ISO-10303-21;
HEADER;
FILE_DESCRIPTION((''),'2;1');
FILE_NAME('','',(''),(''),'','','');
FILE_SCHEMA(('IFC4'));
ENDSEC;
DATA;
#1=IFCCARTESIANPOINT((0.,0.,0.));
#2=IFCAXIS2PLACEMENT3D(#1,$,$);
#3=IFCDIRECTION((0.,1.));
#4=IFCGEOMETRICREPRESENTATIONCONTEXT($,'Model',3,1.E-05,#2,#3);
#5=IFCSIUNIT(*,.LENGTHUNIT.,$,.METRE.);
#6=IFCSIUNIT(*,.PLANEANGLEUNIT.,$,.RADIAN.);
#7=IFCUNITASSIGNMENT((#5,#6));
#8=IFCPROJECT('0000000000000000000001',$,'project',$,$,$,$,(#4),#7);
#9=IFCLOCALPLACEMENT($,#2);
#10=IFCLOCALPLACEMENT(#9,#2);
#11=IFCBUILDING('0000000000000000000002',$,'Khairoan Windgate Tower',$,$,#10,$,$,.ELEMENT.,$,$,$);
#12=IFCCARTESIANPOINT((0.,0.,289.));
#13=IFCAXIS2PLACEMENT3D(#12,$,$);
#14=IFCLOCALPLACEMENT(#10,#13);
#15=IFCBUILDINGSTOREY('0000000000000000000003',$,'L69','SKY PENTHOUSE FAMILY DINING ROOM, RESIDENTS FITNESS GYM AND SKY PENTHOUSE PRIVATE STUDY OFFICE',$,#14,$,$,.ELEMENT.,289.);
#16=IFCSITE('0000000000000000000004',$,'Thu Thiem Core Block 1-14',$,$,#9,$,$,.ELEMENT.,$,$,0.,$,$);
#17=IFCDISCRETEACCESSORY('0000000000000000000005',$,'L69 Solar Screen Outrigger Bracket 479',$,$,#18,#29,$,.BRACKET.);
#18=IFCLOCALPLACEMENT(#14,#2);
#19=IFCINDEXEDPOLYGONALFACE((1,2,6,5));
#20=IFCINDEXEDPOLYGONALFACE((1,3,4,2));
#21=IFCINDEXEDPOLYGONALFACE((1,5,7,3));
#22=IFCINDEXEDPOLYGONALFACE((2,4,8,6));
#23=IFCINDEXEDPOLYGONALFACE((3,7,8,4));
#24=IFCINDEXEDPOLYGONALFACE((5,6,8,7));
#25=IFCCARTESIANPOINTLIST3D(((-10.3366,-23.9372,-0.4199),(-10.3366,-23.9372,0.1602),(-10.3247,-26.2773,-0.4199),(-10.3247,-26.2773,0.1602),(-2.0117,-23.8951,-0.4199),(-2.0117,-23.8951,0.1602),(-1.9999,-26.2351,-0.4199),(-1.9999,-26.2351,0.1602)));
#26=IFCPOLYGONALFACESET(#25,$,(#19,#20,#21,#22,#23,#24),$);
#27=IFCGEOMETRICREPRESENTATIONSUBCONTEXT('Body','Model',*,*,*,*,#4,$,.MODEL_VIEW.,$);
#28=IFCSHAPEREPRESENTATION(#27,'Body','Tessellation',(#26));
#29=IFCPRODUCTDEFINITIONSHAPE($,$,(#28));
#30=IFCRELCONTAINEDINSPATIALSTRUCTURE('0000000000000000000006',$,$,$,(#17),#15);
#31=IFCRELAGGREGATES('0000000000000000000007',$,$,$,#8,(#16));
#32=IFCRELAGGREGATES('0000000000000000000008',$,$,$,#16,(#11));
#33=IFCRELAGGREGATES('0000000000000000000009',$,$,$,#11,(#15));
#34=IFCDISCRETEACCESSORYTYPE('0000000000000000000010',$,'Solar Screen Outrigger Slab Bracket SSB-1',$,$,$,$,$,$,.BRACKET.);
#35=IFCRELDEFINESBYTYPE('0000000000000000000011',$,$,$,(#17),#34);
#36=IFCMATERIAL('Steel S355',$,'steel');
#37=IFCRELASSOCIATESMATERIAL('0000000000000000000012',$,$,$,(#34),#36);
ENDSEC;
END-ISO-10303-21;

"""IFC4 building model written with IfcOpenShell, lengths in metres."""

from ifc_helpers import new_model, si_unit, direction, frame, origin, origin_2d, place, context, subcontext, project, spatial, rectangle, extrude, material, type_object, element, save


model = new_model("IFC4")

# Units and contexts
model_context = context("Model", 3, precision=1e-05, world=origin(), true_north=direction((0.0, 1.0)))
body_context = subcontext(model_context, "Body", "Model", "MODEL_VIEW")
ifc_project = project(units=[si_unit("LENGTHUNIT", "METRE"), si_unit("PLANEANGLEUNIT", "RADIAN")], contexts=[model_context])

# Site, building, storey
site_placement = place(None, origin())
site = spatial("IfcSite", under=ifc_project, at=site_placement, Name="Thu Thiem Core Block 1-14", CompositionType="ELEMENT", RefElevation=0.0)
building_placement = place(site_placement, origin())
building = spatial("IfcBuilding", under=site, at=building_placement, Name="Khairoan Windgate Tower", CompositionType="ELEMENT")
storey_placement = place(building_placement, frame((0.0, 0.0, 289.0)))
storey = spatial("IfcBuildingStorey", under=building, at=storey_placement, Name="L69", Description="SKY PENTHOUSE FAMILY DINING ROOM, RESIDENTS FITNESS GYM AND SKY PENTHOUSE PRIVATE STUDY OFFICE", CompositionType="ELEMENT", Elevation=289.0)

# Discrete accessory
ifc_material_1 = material(Name="Steel S355", Category="steel")
discrete_accessory_type = type_object("IfcDiscreteAccessoryType", Name="Solar Screen Outrigger Slab Bracket SSB-1", PredefinedType="BRACKET", material=ifc_material_1)
discrete_accessory_placement = place(storey_placement, frame((-6.1682, -25.0862, -0.4199), z_axis=(0.0, 0.0, 1.0), x_axis=(-0.999987, -0.005061, 0.0)))
element("IfcDiscreteAccessory", 1, at=discrete_accessory_placement, inside=storey, type_object=discrete_accessory_type, Name="L69 Solar Screen Outrigger Bracket 479", PredefinedType="BRACKET", context=body_context, shape_type="SweptSolid", body=[
    extrude(rectangle(XDim=8.325, YDim=2.3401, at=origin_2d()), origin(), (0.0, 0.0, 1.0), 0.5801),
])

save(model, "model.ifc")
